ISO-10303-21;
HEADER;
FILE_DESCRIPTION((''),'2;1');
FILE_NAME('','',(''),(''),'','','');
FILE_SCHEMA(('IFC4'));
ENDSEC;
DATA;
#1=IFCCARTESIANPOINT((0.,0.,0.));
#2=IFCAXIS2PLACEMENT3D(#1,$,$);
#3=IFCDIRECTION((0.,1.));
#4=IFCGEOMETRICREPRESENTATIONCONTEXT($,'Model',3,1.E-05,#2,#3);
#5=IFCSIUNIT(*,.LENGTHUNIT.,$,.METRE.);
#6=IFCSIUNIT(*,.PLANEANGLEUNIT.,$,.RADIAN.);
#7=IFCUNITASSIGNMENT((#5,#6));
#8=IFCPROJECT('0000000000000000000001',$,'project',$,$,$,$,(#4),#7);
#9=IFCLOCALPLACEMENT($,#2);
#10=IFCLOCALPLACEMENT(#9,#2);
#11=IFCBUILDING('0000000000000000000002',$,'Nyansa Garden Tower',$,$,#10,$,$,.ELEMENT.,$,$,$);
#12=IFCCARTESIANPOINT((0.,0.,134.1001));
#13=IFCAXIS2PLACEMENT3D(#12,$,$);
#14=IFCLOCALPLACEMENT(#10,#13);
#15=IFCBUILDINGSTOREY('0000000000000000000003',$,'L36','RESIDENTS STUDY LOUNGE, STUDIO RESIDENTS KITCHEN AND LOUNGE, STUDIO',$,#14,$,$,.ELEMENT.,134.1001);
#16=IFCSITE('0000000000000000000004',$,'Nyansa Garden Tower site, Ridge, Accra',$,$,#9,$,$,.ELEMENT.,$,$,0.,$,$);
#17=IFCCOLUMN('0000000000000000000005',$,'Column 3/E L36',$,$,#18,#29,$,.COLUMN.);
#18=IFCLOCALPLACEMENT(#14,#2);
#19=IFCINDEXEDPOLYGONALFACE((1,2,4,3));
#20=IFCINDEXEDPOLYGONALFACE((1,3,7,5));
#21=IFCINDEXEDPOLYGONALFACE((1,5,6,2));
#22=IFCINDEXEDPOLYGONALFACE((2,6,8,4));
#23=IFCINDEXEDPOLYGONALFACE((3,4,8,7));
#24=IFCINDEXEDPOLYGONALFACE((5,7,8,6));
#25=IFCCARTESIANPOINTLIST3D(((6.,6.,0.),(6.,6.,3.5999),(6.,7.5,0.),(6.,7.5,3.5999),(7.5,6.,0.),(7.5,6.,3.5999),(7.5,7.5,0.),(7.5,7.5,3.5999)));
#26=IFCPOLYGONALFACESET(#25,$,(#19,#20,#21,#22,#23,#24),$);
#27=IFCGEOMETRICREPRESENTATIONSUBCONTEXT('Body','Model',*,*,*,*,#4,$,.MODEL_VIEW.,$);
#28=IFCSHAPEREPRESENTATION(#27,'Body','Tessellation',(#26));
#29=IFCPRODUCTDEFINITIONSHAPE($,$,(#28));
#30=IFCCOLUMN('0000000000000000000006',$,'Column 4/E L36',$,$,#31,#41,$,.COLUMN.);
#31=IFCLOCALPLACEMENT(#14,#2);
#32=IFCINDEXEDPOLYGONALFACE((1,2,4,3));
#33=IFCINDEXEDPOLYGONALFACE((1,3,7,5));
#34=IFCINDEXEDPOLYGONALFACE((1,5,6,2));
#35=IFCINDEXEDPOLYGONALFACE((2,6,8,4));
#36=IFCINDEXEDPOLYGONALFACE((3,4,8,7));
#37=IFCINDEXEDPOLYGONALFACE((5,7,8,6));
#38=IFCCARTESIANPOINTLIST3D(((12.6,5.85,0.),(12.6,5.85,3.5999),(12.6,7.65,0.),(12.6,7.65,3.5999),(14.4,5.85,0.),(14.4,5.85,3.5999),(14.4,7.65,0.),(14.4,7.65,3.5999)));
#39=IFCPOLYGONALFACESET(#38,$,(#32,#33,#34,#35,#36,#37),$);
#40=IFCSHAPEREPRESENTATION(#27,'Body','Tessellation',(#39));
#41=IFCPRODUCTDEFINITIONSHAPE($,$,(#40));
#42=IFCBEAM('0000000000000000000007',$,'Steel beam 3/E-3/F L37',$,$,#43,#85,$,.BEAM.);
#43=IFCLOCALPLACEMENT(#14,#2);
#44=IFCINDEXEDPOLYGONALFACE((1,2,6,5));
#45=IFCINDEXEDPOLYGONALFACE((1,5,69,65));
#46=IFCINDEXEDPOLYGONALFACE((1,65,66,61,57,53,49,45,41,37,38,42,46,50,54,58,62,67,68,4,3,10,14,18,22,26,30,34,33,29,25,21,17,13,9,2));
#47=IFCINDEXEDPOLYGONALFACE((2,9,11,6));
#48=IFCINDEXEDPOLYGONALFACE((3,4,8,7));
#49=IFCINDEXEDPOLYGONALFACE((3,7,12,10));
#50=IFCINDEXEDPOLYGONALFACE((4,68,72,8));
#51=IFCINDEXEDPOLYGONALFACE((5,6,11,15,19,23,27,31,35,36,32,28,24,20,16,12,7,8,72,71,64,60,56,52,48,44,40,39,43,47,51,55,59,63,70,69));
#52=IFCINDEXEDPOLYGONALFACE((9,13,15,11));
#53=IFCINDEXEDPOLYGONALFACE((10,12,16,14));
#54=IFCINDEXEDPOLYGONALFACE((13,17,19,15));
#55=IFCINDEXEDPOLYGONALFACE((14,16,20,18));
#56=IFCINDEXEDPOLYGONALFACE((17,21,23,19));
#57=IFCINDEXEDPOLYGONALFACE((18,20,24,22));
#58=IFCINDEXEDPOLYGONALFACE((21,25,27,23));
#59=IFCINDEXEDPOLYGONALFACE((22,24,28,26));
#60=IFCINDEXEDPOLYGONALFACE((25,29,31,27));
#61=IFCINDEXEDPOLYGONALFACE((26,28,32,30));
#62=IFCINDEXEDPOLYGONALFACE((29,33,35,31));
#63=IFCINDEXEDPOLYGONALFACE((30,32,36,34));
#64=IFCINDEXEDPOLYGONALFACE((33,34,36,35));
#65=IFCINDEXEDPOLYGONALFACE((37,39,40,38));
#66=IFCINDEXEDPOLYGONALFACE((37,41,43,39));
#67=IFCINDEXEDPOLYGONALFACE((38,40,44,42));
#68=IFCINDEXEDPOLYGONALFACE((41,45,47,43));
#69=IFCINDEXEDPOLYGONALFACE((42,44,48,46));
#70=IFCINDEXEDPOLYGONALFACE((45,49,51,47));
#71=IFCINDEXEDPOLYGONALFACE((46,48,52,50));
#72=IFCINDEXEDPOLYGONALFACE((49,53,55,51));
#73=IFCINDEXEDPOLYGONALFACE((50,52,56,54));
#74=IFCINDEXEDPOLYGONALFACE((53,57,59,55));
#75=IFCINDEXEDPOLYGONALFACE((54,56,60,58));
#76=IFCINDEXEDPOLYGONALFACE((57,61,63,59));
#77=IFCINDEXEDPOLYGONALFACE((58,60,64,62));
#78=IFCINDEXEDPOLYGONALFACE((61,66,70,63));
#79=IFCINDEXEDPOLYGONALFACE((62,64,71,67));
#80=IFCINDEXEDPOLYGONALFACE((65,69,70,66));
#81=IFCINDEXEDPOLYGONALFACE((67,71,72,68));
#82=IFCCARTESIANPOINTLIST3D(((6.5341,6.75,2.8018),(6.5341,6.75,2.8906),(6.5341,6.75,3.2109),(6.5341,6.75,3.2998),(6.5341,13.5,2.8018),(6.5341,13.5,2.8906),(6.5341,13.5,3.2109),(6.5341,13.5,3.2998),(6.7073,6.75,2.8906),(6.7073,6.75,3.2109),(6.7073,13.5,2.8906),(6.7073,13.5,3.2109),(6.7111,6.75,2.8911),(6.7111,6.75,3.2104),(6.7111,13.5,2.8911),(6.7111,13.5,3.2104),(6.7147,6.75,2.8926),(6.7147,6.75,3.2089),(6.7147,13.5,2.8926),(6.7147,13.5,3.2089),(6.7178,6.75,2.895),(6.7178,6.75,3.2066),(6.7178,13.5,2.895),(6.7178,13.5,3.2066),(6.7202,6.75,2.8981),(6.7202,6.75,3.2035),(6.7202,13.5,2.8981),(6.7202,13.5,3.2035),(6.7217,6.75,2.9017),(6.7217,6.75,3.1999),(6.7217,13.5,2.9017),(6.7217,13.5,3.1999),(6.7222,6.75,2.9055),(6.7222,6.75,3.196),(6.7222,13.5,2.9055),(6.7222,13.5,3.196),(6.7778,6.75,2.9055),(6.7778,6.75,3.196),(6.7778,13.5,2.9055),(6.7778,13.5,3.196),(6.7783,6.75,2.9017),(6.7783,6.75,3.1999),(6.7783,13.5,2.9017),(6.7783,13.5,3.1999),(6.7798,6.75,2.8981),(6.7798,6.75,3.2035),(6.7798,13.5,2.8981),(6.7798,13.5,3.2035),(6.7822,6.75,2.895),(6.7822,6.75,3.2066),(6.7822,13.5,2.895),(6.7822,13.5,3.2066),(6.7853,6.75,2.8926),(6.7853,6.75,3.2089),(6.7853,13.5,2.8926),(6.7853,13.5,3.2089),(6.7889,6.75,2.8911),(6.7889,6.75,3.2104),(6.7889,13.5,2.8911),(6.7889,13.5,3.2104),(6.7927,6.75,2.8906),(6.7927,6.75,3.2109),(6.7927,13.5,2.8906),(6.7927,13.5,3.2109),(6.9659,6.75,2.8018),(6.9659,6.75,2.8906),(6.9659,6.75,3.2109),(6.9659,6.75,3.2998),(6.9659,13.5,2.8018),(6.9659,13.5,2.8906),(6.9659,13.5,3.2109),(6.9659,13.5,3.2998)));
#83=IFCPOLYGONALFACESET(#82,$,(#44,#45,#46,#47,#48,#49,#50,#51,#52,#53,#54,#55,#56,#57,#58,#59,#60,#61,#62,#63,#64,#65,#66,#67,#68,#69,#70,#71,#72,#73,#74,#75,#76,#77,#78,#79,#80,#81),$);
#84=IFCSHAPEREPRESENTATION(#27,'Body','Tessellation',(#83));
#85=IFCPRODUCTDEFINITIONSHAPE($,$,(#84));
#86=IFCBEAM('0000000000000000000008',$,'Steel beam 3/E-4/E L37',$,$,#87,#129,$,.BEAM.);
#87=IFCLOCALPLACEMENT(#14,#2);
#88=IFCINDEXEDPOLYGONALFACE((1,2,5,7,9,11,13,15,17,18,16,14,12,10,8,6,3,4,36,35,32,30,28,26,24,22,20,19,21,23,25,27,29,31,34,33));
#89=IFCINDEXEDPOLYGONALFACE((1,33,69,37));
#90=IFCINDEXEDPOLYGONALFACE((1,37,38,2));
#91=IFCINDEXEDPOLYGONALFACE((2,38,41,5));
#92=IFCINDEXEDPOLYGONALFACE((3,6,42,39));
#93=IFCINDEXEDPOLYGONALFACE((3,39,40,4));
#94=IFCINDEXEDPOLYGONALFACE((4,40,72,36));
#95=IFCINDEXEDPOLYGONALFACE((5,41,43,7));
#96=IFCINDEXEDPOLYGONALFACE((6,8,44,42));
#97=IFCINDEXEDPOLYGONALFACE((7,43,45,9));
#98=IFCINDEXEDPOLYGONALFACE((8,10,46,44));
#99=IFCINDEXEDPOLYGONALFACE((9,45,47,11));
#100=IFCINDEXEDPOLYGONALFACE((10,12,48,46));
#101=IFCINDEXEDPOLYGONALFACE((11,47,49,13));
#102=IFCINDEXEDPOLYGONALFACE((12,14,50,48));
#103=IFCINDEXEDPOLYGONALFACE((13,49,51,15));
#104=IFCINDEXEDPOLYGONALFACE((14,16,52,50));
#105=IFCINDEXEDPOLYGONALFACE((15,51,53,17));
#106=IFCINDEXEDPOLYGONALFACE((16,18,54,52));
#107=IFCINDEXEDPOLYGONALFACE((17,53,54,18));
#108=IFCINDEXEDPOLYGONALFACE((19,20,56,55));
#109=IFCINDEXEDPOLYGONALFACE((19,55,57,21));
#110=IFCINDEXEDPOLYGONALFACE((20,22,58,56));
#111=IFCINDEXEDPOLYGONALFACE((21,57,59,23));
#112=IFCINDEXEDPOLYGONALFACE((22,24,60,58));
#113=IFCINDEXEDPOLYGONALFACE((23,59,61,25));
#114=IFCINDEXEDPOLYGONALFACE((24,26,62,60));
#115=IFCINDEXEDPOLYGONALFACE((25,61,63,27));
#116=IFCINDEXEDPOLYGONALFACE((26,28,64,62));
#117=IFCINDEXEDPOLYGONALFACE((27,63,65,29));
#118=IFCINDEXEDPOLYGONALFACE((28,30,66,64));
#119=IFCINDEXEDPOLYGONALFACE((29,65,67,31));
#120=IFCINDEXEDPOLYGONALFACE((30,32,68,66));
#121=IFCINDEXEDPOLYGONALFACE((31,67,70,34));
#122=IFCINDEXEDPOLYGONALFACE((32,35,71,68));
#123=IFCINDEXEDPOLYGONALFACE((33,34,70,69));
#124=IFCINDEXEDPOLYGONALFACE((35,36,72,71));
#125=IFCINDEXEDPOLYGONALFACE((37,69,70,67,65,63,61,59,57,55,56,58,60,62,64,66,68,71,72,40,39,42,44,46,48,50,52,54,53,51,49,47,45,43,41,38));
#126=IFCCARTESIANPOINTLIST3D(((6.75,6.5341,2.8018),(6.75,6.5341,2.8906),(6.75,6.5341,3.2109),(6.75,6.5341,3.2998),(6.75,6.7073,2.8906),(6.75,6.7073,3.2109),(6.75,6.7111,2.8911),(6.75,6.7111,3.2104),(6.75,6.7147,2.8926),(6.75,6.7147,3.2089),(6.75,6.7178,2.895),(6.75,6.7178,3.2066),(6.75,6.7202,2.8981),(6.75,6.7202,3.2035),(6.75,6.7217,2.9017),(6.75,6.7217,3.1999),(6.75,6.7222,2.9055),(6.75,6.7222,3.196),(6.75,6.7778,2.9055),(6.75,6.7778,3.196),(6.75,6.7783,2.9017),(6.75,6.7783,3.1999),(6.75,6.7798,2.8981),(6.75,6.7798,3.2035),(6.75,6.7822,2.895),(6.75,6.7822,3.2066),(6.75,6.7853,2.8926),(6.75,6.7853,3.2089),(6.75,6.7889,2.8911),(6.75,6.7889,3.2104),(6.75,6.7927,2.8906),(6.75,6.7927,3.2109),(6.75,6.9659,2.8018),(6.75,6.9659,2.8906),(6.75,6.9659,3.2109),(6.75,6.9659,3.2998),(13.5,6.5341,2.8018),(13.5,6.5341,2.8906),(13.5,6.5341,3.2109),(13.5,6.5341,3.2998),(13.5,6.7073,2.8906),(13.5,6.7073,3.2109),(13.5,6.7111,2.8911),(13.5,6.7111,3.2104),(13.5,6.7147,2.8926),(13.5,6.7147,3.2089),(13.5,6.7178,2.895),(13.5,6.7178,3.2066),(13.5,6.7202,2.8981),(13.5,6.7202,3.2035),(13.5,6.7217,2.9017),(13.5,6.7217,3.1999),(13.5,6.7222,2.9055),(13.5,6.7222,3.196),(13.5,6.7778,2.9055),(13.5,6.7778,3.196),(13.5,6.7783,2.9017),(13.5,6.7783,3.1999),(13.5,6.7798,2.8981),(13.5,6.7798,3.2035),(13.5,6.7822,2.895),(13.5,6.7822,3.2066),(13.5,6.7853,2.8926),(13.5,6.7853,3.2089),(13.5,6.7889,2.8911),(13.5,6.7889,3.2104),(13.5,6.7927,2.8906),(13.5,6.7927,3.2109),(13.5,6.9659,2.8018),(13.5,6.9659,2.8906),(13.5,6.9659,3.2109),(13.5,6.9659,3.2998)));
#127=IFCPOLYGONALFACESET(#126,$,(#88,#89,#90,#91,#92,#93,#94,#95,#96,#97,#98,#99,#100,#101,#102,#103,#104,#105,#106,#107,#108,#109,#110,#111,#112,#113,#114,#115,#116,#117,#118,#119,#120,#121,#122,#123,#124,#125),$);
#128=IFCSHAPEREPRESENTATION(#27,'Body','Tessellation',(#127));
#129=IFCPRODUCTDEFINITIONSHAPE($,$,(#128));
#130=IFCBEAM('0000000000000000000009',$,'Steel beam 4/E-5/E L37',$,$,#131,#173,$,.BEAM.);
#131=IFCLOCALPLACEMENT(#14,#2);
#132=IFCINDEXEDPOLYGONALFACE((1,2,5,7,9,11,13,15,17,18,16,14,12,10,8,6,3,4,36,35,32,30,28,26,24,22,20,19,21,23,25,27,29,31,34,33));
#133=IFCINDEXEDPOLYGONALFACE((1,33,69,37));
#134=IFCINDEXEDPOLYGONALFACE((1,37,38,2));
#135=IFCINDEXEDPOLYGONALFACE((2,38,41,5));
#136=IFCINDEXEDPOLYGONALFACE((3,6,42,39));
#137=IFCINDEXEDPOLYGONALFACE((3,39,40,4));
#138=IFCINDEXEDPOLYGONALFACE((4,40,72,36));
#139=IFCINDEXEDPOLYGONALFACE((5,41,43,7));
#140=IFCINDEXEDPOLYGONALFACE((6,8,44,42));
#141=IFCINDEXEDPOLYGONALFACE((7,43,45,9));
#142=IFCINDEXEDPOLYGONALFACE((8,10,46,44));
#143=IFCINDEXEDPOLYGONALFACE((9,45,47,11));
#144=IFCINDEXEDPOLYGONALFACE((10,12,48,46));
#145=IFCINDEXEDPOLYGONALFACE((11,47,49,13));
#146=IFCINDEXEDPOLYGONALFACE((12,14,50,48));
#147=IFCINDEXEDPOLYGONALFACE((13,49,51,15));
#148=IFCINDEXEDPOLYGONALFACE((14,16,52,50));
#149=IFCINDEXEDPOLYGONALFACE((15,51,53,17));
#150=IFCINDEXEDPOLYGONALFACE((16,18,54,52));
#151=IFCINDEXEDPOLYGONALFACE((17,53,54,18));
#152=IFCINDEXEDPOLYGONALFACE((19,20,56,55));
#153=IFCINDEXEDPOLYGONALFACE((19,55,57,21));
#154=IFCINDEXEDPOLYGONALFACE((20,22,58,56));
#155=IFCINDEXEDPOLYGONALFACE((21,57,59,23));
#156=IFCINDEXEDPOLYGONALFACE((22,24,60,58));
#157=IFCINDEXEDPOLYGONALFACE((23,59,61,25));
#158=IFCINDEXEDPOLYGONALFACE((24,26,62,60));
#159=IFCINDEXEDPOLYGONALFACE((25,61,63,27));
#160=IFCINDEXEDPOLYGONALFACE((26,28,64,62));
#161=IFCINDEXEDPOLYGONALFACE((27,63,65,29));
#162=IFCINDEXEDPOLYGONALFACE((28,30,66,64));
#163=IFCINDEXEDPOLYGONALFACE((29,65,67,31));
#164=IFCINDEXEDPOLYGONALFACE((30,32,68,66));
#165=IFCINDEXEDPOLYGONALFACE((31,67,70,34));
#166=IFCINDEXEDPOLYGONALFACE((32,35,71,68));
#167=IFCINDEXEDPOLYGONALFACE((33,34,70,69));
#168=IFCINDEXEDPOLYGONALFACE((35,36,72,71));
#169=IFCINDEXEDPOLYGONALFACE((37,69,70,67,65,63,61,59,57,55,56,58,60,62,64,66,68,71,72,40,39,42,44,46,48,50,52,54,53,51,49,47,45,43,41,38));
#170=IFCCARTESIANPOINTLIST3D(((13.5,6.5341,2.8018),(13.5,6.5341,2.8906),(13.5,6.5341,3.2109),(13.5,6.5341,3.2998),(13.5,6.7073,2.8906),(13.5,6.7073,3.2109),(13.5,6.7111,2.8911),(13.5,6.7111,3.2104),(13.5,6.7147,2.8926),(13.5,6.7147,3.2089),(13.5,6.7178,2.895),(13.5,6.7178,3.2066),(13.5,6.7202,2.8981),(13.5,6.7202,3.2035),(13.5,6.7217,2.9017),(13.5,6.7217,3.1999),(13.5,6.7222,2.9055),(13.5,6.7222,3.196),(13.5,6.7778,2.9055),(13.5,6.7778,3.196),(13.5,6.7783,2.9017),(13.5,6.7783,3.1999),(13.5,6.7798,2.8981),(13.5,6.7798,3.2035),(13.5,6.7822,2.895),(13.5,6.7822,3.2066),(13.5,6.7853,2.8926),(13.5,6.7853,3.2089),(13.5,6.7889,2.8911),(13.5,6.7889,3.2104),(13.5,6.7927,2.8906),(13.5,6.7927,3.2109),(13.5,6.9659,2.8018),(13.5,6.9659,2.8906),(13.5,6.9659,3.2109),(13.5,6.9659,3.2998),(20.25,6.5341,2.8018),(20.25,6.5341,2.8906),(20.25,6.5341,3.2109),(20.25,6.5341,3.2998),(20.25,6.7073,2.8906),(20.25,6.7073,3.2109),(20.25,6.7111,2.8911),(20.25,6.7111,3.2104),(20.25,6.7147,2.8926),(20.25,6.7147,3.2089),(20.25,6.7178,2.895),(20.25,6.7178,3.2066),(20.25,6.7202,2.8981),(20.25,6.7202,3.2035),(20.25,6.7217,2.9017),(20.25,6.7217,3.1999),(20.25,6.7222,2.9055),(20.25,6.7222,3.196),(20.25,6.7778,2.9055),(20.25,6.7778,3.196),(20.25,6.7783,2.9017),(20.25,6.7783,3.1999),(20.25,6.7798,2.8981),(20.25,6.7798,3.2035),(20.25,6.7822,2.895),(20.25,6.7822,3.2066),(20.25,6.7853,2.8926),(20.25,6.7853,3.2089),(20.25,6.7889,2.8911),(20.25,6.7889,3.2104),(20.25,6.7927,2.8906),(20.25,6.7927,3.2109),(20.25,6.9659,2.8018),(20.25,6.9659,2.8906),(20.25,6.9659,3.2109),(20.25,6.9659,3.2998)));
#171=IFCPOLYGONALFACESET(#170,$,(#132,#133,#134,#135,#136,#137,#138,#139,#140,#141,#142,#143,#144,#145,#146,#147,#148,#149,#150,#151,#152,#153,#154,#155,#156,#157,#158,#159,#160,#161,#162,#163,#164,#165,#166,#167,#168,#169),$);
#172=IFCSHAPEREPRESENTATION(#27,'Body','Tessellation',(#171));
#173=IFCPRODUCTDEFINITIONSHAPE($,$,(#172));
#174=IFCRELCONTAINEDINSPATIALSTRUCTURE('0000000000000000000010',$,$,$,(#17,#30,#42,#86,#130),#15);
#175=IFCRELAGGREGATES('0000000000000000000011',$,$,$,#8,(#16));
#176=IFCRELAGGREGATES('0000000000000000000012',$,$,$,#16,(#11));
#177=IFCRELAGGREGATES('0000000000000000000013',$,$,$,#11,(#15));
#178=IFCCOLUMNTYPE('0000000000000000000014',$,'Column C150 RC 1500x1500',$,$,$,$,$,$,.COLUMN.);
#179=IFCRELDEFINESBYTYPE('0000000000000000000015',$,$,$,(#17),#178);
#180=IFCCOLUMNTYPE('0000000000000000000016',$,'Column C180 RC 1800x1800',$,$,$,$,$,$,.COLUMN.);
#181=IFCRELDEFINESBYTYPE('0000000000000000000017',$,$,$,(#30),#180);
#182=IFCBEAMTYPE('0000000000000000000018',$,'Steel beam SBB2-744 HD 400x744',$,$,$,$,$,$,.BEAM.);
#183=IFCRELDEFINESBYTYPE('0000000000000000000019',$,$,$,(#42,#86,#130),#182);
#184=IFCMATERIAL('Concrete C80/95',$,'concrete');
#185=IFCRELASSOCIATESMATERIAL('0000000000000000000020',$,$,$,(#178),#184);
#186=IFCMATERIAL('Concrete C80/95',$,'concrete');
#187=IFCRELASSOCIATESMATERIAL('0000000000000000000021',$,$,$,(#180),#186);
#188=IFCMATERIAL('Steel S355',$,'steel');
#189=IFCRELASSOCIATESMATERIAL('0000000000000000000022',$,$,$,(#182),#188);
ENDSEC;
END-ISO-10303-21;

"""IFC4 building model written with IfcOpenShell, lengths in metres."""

from ifc_helpers import new_model, si_unit, direction, frame, origin, origin_2d, place, context, subcontext, project, spatial, rectangle, i_section, extrude, material, material_profile, profile_set, type_object, element, save


model = new_model("IFC4")

# Units and contexts
model_context = context("Model", 3, precision=1e-05, world=origin(), true_north=direction((0.0, 1.0)))
body_context = subcontext(model_context, "Body", "Model", "MODEL_VIEW")
ifc_project = project(units=[si_unit("LENGTHUNIT", "METRE"), si_unit("PLANEANGLEUNIT", "RADIAN")], contexts=[model_context])

# Site, building, storey
site_placement = place(None, origin())
site = spatial("IfcSite", under=ifc_project, at=site_placement, Name="Nyansa Garden Tower site, Ridge, Accra", CompositionType="ELEMENT", RefElevation=0.0)
building_placement = place(site_placement, origin())
building = spatial("IfcBuilding", under=site, at=building_placement, Name="Nyansa Garden Tower", CompositionType="ELEMENT")
storey_placement = place(building_placement, frame((0.0, 0.0, 134.1001)))
storey = spatial("IfcBuildingStorey", under=building, at=storey_placement, Name="L36", Description="RESIDENTS STUDY LOUNGE, STUDIO RESIDENTS KITCHEN AND LOUNGE, STUDIO", CompositionType="ELEMENT", Elevation=134.1001)

# Columns
ifc_material_1 = material(Name="Concrete C80/95", Category="concrete")
ifc_material_profile_1 = material_profile(ifc_material_1, rectangle(XDim=1.5, YDim=1.5, at=origin_2d()), Name="RC 1500x1500")
ifc_profile_set_1 = profile_set([ifc_material_profile_1], Name="Concrete C80/95")
column_type_1 = type_object("IfcColumnType", Name="Column C150 RC 1500x1500", PredefinedType="COLUMN", material=ifc_profile_set_1)
column_1_placement = place(storey_placement, frame((6.75, 6.75, 0.0), z_axis=(0.0, 0.0, 1.0), x_axis=(1.0, 0.0, 0.0)))
element("IfcColumn", 1, at=column_1_placement, inside=storey, type_object=column_type_1, Name="Column 3/E L36", PredefinedType="COLUMN", context=body_context, shape_type="SweptSolid", body=[
    extrude(rectangle(XDim=1.5, YDim=1.5, at=origin_2d()), origin(), (0.0, 0.0, 1.0), 3.5999),
])
ifc_material_2 = material(Name="Concrete C80/95", Category="concrete")
ifc_material_profile_2 = material_profile(ifc_material_2, rectangle(XDim=1.8, YDim=1.8, at=origin_2d()), Name="RC 1800x1800")
ifc_profile_set_2 = profile_set([ifc_material_profile_2], Name="Concrete C80/95")
column_type_2 = type_object("IfcColumnType", Name="Column C180 RC 1800x1800", PredefinedType="COLUMN", material=ifc_profile_set_2)
column_2_placement = place(storey_placement, frame((13.5, 6.75, 0.0), z_axis=(0.0, 0.0, 1.0), x_axis=(1.0, 0.0, 0.0)))
element("IfcColumn", 2, at=column_2_placement, inside=storey, type_object=column_type_2, Name="Column 4/E L36", PredefinedType="COLUMN", context=body_context, shape_type="SweptSolid", body=[
    extrude(rectangle(XDim=1.8, YDim=1.8, at=origin_2d()), origin(), (0.0, 0.0, 1.0), 3.5999),
])

# Beams
ifc_material_3 = material(Name="Steel S355", Category="steel")
ifc_material_profile_3 = material_profile(ifc_material_3, i_section(OverallWidth=0.4319, OverallDepth=0.498, WebThickness=0.0557, FlangeThickness=0.0889, FilletRadius=0.0149, at=origin_2d()), Name="HD 400x744")
ifc_profile_set_3 = profile_set([ifc_material_profile_3], Name="Steel S355")
beam_type_1 = type_object("IfcBeamType", Name="Steel beam SBB2-744 HD 400x744", PredefinedType="BEAM", material=ifc_profile_set_3)
for number, where, z_axis, x_axis, name in (
    (3, (6.75, 6.75, 3.0508), (0.0, 1.0, 0.0), (-1.0, 0.0, 0.0), "Steel beam 3/E-3/F L37"),
    (4, (6.75, 6.75, 3.0508), (1.0, 0.0, 0.0), (0.0, 1.0, 0.0), "Steel beam 3/E-4/E L37"),
    (5, (13.5, 6.75, 3.0508), (1.0, 0.0, 0.0), (0.0, 1.0, 0.0), "Steel beam 4/E-5/E L37"),
):
    element("IfcBeam", number, at=place(storey_placement, frame(where, z_axis=z_axis, x_axis=x_axis)), inside=storey, type_object=beam_type_1, Name=name, PredefinedType="BEAM", context=body_context, shape_type="SweptSolid", body=[
        extrude(i_section(OverallWidth=0.4319, OverallDepth=0.498, WebThickness=0.0557, FlangeThickness=0.0889, FilletRadius=0.0149, at=origin_2d()), origin(), (0.0, 0.0, 1.0), 6.75),
    ])

save(model, "model.ifc")
